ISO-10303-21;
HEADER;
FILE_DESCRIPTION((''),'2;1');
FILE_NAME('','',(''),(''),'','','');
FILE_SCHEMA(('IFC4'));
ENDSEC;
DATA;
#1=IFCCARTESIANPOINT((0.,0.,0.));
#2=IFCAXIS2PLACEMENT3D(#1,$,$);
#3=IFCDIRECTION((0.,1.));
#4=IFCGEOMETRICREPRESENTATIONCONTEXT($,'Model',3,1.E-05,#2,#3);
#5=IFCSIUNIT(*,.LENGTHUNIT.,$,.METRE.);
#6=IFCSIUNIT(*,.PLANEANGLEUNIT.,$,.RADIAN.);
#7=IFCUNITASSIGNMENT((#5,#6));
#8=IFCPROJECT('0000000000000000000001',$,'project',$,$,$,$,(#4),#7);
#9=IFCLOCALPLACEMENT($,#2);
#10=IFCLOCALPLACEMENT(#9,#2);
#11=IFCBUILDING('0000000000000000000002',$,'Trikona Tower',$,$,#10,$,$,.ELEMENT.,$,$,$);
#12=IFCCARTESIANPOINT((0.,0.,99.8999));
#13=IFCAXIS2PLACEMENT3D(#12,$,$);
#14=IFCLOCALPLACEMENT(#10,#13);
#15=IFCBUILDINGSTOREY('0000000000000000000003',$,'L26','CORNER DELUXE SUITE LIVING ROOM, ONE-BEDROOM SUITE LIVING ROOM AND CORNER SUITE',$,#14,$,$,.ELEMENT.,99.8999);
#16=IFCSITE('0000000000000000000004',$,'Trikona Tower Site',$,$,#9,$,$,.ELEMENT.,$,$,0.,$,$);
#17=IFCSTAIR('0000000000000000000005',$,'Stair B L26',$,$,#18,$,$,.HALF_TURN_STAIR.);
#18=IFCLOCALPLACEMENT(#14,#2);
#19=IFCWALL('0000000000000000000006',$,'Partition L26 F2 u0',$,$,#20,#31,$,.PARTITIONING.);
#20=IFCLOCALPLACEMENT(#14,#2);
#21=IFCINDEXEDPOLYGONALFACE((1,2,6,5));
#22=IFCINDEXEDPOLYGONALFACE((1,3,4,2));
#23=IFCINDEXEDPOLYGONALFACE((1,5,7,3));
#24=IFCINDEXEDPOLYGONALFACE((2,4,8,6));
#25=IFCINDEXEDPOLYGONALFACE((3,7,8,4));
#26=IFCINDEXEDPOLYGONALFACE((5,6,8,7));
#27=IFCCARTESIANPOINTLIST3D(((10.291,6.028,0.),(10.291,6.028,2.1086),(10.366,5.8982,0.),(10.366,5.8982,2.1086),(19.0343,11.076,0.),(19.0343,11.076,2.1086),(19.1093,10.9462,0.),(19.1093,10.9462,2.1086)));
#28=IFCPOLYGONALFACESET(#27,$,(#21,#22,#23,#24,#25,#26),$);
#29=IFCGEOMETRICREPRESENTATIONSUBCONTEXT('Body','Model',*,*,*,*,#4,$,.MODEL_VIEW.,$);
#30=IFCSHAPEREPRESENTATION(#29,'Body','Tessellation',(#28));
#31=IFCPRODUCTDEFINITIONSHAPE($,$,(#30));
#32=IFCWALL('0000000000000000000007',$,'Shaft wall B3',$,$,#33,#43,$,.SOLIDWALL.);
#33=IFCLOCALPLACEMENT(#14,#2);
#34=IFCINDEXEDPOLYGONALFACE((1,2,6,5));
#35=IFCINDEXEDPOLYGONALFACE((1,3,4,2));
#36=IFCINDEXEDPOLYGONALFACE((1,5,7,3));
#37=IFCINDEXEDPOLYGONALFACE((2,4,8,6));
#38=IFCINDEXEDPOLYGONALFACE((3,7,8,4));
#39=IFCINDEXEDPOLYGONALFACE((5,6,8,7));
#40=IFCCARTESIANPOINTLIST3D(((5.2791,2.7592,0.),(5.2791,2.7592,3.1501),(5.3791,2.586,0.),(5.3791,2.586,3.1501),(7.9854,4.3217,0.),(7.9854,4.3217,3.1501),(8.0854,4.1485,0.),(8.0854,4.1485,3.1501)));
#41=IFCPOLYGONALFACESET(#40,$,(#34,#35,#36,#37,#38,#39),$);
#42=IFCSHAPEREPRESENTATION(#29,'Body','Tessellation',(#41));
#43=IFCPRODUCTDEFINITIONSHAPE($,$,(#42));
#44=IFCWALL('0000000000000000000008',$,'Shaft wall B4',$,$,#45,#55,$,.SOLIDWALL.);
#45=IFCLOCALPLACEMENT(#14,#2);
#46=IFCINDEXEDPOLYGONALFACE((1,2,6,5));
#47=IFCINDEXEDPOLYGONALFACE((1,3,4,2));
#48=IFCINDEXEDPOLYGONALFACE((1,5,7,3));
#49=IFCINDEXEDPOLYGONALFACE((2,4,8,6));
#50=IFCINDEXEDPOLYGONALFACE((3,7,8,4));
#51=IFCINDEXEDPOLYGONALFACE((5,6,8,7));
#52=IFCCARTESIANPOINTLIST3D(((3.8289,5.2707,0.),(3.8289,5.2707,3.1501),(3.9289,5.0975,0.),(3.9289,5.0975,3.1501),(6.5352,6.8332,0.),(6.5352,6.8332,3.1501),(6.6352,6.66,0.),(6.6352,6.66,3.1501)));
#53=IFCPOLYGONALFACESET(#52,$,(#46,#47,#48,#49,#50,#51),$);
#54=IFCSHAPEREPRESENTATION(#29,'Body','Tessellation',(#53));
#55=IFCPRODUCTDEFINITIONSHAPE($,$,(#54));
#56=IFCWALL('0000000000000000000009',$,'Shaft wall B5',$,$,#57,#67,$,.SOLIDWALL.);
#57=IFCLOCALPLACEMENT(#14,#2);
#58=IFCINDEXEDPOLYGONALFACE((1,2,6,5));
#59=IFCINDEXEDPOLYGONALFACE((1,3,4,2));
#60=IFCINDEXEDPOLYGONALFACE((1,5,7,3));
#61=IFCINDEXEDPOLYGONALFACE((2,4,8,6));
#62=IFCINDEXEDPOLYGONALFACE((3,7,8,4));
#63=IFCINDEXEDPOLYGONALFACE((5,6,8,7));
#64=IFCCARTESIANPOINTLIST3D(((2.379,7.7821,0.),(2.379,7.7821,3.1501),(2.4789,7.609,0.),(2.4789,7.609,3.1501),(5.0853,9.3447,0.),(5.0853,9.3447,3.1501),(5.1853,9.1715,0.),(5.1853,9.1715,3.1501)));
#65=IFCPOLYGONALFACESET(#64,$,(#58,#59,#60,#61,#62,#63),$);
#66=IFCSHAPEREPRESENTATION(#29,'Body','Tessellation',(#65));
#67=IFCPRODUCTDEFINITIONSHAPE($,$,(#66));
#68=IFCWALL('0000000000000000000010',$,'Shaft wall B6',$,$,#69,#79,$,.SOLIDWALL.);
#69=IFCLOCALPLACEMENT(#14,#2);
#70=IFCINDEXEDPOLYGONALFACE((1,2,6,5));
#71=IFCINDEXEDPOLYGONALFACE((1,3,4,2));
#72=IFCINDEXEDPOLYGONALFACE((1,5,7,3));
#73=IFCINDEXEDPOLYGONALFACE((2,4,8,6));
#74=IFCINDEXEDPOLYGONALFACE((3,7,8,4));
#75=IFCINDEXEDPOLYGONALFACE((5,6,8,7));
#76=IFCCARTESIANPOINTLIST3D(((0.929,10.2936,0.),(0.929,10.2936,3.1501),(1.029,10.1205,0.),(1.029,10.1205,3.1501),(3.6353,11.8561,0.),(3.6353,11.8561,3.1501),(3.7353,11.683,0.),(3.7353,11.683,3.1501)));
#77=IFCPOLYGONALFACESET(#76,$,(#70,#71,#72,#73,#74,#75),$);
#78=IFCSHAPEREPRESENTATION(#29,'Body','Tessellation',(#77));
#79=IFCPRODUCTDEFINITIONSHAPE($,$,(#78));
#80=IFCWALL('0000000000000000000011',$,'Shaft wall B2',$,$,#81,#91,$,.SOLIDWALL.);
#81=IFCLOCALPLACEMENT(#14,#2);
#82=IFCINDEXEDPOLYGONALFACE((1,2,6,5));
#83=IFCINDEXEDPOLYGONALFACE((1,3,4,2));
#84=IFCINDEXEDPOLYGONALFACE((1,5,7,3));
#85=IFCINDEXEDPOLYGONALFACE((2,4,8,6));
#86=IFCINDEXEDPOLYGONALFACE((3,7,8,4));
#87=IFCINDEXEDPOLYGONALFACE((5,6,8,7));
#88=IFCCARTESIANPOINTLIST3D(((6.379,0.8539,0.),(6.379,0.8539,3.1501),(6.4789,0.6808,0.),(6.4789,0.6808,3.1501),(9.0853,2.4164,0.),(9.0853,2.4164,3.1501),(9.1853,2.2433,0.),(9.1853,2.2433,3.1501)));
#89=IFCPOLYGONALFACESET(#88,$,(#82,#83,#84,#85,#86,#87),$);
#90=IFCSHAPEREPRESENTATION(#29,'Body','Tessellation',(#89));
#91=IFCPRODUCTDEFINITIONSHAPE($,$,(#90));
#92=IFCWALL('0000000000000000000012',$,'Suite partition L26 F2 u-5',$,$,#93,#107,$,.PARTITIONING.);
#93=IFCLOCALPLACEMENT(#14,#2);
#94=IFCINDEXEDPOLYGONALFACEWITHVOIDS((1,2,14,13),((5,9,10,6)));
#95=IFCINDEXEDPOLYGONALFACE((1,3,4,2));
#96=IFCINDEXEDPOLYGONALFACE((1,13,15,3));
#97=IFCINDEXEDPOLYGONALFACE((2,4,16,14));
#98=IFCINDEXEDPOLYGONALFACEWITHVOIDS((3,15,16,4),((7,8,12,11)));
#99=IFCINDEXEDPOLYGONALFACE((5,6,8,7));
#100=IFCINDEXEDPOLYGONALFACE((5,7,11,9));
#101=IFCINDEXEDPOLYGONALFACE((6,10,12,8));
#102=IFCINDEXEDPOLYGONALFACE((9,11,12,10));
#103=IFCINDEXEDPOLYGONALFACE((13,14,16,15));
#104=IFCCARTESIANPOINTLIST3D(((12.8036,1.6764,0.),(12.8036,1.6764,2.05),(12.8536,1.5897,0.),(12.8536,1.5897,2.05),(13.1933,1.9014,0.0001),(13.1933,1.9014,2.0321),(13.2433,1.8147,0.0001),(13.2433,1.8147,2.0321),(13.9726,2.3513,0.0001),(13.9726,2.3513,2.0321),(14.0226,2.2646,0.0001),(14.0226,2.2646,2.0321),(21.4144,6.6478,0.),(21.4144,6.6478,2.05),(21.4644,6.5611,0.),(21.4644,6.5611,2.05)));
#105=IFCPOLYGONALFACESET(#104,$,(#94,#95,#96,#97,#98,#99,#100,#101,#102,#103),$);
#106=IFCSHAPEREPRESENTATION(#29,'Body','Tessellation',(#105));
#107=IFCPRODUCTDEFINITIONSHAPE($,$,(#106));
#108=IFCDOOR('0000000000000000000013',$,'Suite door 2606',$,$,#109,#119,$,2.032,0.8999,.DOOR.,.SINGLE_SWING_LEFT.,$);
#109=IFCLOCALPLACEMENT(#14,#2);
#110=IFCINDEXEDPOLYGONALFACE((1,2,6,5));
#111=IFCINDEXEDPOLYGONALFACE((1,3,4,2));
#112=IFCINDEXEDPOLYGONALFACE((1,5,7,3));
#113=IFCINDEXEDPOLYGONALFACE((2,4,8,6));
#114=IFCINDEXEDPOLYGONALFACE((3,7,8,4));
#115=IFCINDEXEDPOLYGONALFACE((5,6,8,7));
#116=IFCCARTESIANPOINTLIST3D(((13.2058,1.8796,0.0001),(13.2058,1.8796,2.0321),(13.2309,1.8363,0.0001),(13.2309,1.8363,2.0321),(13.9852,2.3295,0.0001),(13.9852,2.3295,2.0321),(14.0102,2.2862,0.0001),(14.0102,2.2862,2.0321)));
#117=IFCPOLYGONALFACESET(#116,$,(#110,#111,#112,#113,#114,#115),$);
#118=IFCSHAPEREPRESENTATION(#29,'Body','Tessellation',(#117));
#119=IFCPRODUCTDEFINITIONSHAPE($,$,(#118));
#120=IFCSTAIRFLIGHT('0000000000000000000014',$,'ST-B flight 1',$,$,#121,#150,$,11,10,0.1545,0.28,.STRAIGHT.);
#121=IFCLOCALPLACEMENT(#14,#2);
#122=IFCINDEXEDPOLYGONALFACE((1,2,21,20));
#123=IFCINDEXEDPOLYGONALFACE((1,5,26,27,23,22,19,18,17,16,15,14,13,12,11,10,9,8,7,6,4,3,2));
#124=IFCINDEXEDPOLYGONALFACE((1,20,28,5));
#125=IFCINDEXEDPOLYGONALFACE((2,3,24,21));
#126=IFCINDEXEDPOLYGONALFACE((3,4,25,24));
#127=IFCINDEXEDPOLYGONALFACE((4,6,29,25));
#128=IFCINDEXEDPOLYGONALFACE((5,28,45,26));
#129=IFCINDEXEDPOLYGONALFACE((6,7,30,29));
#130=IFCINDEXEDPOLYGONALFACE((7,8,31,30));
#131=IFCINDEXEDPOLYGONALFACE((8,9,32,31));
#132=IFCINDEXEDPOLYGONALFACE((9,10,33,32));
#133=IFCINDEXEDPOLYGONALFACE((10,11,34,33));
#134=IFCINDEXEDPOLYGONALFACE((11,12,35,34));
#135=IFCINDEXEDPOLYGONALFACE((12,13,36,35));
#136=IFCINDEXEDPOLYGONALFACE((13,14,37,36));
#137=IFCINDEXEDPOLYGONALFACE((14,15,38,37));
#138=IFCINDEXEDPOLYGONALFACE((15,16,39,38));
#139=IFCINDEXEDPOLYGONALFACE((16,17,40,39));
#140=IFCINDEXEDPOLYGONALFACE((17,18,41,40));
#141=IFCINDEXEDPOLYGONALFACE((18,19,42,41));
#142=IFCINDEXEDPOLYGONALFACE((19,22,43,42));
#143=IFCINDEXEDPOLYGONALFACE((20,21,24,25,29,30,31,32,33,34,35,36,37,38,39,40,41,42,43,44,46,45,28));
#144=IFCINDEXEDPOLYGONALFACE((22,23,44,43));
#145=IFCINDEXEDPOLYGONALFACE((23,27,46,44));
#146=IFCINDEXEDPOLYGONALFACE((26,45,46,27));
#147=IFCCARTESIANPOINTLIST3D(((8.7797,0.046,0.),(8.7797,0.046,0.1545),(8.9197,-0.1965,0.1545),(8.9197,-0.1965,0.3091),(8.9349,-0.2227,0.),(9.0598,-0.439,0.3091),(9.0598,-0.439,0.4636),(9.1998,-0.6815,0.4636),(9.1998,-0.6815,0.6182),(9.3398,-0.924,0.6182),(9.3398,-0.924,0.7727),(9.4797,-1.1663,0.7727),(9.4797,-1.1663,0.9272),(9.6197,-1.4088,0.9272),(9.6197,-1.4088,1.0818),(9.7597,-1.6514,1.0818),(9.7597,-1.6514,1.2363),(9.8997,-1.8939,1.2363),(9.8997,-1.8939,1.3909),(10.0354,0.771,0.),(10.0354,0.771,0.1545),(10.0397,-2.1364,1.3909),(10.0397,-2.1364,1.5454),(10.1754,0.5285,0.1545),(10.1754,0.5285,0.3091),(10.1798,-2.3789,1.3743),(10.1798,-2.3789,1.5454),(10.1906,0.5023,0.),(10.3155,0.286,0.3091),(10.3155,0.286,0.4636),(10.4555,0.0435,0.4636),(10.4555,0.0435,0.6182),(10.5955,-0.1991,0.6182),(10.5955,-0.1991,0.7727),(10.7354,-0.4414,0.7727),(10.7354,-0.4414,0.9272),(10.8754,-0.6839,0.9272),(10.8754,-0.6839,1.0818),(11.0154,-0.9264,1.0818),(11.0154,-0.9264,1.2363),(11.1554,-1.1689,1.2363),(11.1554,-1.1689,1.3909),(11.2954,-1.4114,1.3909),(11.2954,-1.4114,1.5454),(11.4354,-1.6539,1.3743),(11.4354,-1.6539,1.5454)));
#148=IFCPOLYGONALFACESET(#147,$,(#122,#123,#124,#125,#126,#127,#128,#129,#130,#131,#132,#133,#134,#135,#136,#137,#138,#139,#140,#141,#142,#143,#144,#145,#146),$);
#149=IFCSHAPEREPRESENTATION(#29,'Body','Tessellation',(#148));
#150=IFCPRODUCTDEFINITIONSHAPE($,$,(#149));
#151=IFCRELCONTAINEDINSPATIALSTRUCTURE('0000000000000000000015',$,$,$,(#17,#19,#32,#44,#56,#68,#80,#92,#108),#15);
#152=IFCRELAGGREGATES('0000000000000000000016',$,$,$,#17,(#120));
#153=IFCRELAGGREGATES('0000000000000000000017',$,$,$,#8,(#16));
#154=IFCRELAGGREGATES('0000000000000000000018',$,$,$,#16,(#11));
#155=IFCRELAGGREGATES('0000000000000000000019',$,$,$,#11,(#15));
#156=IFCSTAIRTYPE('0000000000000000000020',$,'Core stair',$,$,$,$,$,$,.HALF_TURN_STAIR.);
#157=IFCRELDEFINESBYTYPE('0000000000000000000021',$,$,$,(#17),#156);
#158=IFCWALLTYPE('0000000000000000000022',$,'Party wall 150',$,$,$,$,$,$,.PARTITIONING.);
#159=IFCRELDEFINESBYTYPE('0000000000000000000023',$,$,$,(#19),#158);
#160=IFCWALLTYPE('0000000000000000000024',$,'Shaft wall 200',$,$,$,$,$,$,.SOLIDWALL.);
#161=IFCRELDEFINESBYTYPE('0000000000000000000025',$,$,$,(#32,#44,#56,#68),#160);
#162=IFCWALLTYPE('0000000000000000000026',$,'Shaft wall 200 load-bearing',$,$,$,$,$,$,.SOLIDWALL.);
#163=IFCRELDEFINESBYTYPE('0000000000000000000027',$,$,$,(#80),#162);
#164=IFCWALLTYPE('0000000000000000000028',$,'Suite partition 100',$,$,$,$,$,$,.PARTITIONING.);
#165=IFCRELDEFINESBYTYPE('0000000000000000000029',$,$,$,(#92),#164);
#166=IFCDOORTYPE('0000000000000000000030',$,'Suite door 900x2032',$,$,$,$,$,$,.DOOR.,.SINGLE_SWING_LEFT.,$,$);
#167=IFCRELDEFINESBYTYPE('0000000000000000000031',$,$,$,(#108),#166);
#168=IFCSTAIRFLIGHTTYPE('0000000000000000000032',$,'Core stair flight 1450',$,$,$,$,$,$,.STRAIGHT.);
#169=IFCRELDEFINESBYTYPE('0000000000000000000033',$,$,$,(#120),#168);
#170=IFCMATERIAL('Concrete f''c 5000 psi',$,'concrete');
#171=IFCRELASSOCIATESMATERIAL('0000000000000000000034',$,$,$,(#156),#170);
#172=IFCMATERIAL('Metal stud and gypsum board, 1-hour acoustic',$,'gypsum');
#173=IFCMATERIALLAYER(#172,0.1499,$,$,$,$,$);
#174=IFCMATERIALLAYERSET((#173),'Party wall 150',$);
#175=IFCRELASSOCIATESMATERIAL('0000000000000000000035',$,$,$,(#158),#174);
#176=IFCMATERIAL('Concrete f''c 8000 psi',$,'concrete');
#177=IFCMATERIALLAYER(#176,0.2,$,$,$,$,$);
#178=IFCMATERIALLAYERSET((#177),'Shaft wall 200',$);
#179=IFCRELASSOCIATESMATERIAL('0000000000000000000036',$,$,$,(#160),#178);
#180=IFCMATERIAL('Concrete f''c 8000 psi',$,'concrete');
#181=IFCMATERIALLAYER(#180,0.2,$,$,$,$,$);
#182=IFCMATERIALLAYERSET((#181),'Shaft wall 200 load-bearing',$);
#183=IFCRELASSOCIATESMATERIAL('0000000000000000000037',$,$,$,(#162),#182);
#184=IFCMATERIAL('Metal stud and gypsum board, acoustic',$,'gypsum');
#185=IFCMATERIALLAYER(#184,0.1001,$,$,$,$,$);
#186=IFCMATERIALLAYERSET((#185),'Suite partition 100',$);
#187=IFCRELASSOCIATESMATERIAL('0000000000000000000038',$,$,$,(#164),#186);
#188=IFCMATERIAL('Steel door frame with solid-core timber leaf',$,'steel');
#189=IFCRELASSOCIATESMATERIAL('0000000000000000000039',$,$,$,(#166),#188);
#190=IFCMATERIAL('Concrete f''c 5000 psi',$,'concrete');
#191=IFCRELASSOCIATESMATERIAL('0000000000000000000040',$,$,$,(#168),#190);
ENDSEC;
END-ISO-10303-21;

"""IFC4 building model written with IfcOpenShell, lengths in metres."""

from ifc_helpers import new_model, si_unit, direction, frame, frame_2d, origin, place, context, subcontext, project, spatial, polyline, rectangle, outline, extrude, material, layer, layer_set, type_object, element, fill, aggregate, save


model = new_model("IFC4")

# Units and contexts
model_context = context("Model", 3, precision=1e-05, world=origin(), true_north=direction((0.0, 1.0)))
body_context = subcontext(model_context, "Body", "Model", "MODEL_VIEW")
ifc_project = project(units=[si_unit("LENGTHUNIT", "METRE"), si_unit("PLANEANGLEUNIT", "RADIAN")], contexts=[model_context])

# Site, building, storey
site_placement = place(None, origin())
site = spatial("IfcSite", under=ifc_project, at=site_placement, Name="Trikona Tower Site", CompositionType="ELEMENT", RefElevation=0.0)
building_placement = place(site_placement, origin())
building = spatial("IfcBuilding", under=site, at=building_placement, Name="Trikona Tower", CompositionType="ELEMENT")
storey_placement = place(building_placement, frame((0.0, 0.0, 99.8999)))
storey = spatial("IfcBuildingStorey", under=building, at=storey_placement, Name="L26", Description="CORNER DELUXE SUITE LIVING ROOM, ONE-BEDROOM SUITE LIVING ROOM AND CORNER SUITE", CompositionType="ELEMENT", Elevation=99.8999)

# Stair
ifc_material_1 = material(Name="Concrete f'c 5000 psi", Category="concrete")
stair_type = type_object("IfcStairType", Name="Core stair", PredefinedType="HALF_TURN_STAIR", material=ifc_material_1)
stair_1_placement = place(storey_placement, origin())
stair_1 = element("IfcStair", 1, at=stair_1_placement, inside=storey, type_object=stair_type, Name="Stair B L26", PredefinedType="HALF_TURN_STAIR")

# Walls
ifc_material_2 = material(Name="Metal stud and gypsum board, 1-hour acoustic", Category="gypsum")
ifc_layer_1 = layer(ifc_material_2, 0.1499)
ifc_layer_set_1 = layer_set([ifc_layer_1], Name="Party wall 150")
wall_type_1 = type_object("IfcWallType", Name="Party wall 150", PredefinedType="PARTITIONING", material=ifc_layer_set_1)
wall_1_placement = place(storey_placement, frame((10.3286, 5.9631, 0.0), z_axis=(0.0, 0.0, 1.0), x_axis=(0.866022, 0.500006, 0.0)))
element("IfcWall", 2, at=wall_1_placement, inside=storey, type_object=wall_type_1, Name="Partition L26 F2 u0", PredefinedType="PARTITIONING", context=body_context, shape_type="SweptSolid", body=[
    extrude(rectangle(XDim=10.0959, YDim=0.1499, at=frame_2d((5.0479, 0.0))), origin(), (0.0, 0.0, 1.0), 2.1086),
])
ifc_material_3 = material(Name="Concrete f'c 8000 psi", Category="concrete")
ifc_layer_2 = layer(ifc_material_3, 0.2)
ifc_layer_set_2 = layer_set([ifc_layer_2], Name="Shaft wall 200")
wall_type_2 = type_object("IfcWallType", Name="Shaft wall 200", PredefinedType="SOLIDWALL", material=ifc_layer_set_2)
for number, where, z_axis, x_axis, name in (
    (3, (5.3291, 2.6726, 0.0), (0.0, 0.0, 1.0), (0.866023, 0.500004, 0.0), "Shaft wall B3"),
    (4, (3.8789, 5.1841, 0.0), (0.0, 0.0, 1.0), (0.866023, 0.500004, 0.0), "Shaft wall B4"),
    (5, (2.429, 7.6956, 0.0), (0.0, 0.0, 1.0), (0.866023, 0.500004, 0.0), "Shaft wall B5"),
    (6, (0.979, 10.207, 0.0), (0.0, 0.0, 1.0), (0.866023, 0.500004, 0.0), "Shaft wall B6"),
):
    element("IfcWall", number, at=place(storey_placement, frame(where, z_axis=z_axis, x_axis=x_axis)), inside=storey, type_object=wall_type_2, Name=name, PredefinedType="SOLIDWALL", context=body_context, shape_type="SweptSolid", body=[
        extrude(rectangle(XDim=3.125, YDim=0.2, at=frame_2d((1.5625, 0.0))), origin(), (0.0, 0.0, 1.0), 3.1501),
    ])
ifc_material_4 = material(Name="Concrete f'c 8000 psi", Category="concrete")
ifc_layer_3 = layer(ifc_material_4, 0.2)
ifc_layer_set_3 = layer_set([ifc_layer_3], Name="Shaft wall 200 load-bearing")
wall_type_3 = type_object("IfcWallType", Name="Shaft wall 200 load-bearing", PredefinedType="SOLIDWALL", material=ifc_layer_set_3)
wall_2_placement = place(storey_placement, frame((6.429, 0.7673, 0.0), z_axis=(0.0, 0.0, 1.0), x_axis=(0.866023, 0.500004, 0.0)))
element("IfcWall", 7, at=wall_2_placement, inside=storey, type_object=wall_type_3, Name="Shaft wall B2", PredefinedType="SOLIDWALL", context=body_context, shape_type="SweptSolid", body=[
    extrude(rectangle(XDim=3.125, YDim=0.2, at=frame_2d((1.5625, 0.0))), origin(), (0.0, 0.0, 1.0), 3.1501),
])

# Wall, opening, door
ifc_material_5 = material(Name="Metal stud and gypsum board, acoustic", Category="gypsum")
ifc_layer_4 = layer(ifc_material_5, 0.1001)
ifc_layer_set_4 = layer_set([ifc_layer_4], Name="Suite partition 100")
wall_type_4 = type_object("IfcWallType", Name="Suite partition 100", PredefinedType="PARTITIONING", material=ifc_layer_set_4)
wall_3_placement = place(storey_placement, frame((12.8286, 1.6331, 0.0), z_axis=(0.0, 0.0, 1.0), x_axis=(0.866027, 0.499997, 0.0)))
wall_3 = element("IfcWall", 8, at=wall_3_placement, inside=storey, type_object=wall_type_4, Name="Suite partition L26 F2 u-5", PredefinedType="PARTITIONING", context=body_context, shape_type="SweptSolid", body=[
    extrude(rectangle(XDim=9.9429, YDim=0.1001, at=frame_2d((4.9714, 0.0))), origin(), (0.0, 0.0, 1.0), 2.05),
])
opening_1_placement = place(wall_3_placement, frame((0.45, 0.0, 0.0)))
opening_1 = element("IfcOpeningElement", 9, at=opening_1_placement, cuts=wall_3, PredefinedType="OPENING", context=body_context, shape_type="SweptSolid", body=[
    extrude(rectangle(XDim=0.8999, YDim=2.032, at=frame_2d((0.45, 1.0161))), frame((0.0, 0.0601, 0.0), z_axis=(0.0, -1.0, 0.0), x_axis=(1.0, 0.0, 0.0)), (0.0, 0.0, 1.0), 0.1201),
])
ifc_material_6 = material(Name="Steel door frame with solid-core timber leaf", Category="steel")
door_type_1 = type_object("IfcDoorType", Name="Suite door 900x2032", OperationType="SINGLE_SWING_LEFT", PredefinedType="DOOR", material=ifc_material_6)
door_1_placement = place(opening_1_placement, origin())
door_1 = element("IfcDoor", 10, at=door_1_placement, inside=storey, type_object=door_type_1, Name="Suite door 2606", OperationType="SINGLE_SWING_LEFT", OverallHeight=2.032, OverallWidth=0.8999, PredefinedType="DOOR", context=body_context, shape_type="SweptSolid", body=[
    extrude(rectangle(XDim=0.8999, YDim=2.032, at=frame_2d((0.45, 1.0161))), frame((0.0, 0.0249, 0.0), z_axis=(0.0, -1.0, 0.0), x_axis=(1.0, 0.0, 0.0)), (0.0, 0.0, 1.0), 0.05),
])
fill(opening_1, door_1)

# Stair flight
ifc_material_7 = material(Name="Concrete f'c 5000 psi", Category="concrete")
stair_flight_type = type_object("IfcStairFlightType", Name="Core stair flight 1450", PredefinedType="STRAIGHT", material=ifc_material_7)
stair_flight_placement = place(storey_placement, frame((9.4075, 0.4084, 0.0), z_axis=(0.0, 0.0, 1.0), x_axis=(0.5, -0.866025, 0.0)))
stair_flight = element("IfcStairFlight", 11, at=stair_flight_placement, type_object=stair_flight_type, Name="ST-B flight 1", NumberOfRisers=11, NumberOfTreads=10, PredefinedType="STRAIGHT", RiserHeight=0.1545, TreadLength=0.28, context=body_context, shape_type="SweptSolid", body=[
    extrude(outline(polyline([(0.0, 0.0), (0.0, 0.1545), (0.28, 0.1545), (0.28, 0.3091), (0.5601, 0.3091), (0.5601, 0.4636), (0.8401, 0.4636), (0.8401, 0.6182), (1.1201, 0.6182), (1.1201, 0.7727), (1.3999, 0.7727), (1.3999, 0.9272), (1.6799, 0.9272), (1.6799, 1.0818), (1.96, 1.0818), (1.96, 1.2363), (2.24, 1.2363), (2.24, 1.3909), (2.52, 1.3909), (2.52, 1.5454), (2.8, 1.5454), (2.8, 1.7), (2.8, 1.3743), (0.3103, 0.0), (0.0, 0.0)])), frame((0.0, 0.7251, 0.0), z_axis=(0.0, -1.0, 0.0), x_axis=(1.0, 0.0, 0.0)), (0.0, 0.0, 1.0), 1.45),
])
aggregate(stair_1, [stair_flight])

save(model, "model.ifc")
